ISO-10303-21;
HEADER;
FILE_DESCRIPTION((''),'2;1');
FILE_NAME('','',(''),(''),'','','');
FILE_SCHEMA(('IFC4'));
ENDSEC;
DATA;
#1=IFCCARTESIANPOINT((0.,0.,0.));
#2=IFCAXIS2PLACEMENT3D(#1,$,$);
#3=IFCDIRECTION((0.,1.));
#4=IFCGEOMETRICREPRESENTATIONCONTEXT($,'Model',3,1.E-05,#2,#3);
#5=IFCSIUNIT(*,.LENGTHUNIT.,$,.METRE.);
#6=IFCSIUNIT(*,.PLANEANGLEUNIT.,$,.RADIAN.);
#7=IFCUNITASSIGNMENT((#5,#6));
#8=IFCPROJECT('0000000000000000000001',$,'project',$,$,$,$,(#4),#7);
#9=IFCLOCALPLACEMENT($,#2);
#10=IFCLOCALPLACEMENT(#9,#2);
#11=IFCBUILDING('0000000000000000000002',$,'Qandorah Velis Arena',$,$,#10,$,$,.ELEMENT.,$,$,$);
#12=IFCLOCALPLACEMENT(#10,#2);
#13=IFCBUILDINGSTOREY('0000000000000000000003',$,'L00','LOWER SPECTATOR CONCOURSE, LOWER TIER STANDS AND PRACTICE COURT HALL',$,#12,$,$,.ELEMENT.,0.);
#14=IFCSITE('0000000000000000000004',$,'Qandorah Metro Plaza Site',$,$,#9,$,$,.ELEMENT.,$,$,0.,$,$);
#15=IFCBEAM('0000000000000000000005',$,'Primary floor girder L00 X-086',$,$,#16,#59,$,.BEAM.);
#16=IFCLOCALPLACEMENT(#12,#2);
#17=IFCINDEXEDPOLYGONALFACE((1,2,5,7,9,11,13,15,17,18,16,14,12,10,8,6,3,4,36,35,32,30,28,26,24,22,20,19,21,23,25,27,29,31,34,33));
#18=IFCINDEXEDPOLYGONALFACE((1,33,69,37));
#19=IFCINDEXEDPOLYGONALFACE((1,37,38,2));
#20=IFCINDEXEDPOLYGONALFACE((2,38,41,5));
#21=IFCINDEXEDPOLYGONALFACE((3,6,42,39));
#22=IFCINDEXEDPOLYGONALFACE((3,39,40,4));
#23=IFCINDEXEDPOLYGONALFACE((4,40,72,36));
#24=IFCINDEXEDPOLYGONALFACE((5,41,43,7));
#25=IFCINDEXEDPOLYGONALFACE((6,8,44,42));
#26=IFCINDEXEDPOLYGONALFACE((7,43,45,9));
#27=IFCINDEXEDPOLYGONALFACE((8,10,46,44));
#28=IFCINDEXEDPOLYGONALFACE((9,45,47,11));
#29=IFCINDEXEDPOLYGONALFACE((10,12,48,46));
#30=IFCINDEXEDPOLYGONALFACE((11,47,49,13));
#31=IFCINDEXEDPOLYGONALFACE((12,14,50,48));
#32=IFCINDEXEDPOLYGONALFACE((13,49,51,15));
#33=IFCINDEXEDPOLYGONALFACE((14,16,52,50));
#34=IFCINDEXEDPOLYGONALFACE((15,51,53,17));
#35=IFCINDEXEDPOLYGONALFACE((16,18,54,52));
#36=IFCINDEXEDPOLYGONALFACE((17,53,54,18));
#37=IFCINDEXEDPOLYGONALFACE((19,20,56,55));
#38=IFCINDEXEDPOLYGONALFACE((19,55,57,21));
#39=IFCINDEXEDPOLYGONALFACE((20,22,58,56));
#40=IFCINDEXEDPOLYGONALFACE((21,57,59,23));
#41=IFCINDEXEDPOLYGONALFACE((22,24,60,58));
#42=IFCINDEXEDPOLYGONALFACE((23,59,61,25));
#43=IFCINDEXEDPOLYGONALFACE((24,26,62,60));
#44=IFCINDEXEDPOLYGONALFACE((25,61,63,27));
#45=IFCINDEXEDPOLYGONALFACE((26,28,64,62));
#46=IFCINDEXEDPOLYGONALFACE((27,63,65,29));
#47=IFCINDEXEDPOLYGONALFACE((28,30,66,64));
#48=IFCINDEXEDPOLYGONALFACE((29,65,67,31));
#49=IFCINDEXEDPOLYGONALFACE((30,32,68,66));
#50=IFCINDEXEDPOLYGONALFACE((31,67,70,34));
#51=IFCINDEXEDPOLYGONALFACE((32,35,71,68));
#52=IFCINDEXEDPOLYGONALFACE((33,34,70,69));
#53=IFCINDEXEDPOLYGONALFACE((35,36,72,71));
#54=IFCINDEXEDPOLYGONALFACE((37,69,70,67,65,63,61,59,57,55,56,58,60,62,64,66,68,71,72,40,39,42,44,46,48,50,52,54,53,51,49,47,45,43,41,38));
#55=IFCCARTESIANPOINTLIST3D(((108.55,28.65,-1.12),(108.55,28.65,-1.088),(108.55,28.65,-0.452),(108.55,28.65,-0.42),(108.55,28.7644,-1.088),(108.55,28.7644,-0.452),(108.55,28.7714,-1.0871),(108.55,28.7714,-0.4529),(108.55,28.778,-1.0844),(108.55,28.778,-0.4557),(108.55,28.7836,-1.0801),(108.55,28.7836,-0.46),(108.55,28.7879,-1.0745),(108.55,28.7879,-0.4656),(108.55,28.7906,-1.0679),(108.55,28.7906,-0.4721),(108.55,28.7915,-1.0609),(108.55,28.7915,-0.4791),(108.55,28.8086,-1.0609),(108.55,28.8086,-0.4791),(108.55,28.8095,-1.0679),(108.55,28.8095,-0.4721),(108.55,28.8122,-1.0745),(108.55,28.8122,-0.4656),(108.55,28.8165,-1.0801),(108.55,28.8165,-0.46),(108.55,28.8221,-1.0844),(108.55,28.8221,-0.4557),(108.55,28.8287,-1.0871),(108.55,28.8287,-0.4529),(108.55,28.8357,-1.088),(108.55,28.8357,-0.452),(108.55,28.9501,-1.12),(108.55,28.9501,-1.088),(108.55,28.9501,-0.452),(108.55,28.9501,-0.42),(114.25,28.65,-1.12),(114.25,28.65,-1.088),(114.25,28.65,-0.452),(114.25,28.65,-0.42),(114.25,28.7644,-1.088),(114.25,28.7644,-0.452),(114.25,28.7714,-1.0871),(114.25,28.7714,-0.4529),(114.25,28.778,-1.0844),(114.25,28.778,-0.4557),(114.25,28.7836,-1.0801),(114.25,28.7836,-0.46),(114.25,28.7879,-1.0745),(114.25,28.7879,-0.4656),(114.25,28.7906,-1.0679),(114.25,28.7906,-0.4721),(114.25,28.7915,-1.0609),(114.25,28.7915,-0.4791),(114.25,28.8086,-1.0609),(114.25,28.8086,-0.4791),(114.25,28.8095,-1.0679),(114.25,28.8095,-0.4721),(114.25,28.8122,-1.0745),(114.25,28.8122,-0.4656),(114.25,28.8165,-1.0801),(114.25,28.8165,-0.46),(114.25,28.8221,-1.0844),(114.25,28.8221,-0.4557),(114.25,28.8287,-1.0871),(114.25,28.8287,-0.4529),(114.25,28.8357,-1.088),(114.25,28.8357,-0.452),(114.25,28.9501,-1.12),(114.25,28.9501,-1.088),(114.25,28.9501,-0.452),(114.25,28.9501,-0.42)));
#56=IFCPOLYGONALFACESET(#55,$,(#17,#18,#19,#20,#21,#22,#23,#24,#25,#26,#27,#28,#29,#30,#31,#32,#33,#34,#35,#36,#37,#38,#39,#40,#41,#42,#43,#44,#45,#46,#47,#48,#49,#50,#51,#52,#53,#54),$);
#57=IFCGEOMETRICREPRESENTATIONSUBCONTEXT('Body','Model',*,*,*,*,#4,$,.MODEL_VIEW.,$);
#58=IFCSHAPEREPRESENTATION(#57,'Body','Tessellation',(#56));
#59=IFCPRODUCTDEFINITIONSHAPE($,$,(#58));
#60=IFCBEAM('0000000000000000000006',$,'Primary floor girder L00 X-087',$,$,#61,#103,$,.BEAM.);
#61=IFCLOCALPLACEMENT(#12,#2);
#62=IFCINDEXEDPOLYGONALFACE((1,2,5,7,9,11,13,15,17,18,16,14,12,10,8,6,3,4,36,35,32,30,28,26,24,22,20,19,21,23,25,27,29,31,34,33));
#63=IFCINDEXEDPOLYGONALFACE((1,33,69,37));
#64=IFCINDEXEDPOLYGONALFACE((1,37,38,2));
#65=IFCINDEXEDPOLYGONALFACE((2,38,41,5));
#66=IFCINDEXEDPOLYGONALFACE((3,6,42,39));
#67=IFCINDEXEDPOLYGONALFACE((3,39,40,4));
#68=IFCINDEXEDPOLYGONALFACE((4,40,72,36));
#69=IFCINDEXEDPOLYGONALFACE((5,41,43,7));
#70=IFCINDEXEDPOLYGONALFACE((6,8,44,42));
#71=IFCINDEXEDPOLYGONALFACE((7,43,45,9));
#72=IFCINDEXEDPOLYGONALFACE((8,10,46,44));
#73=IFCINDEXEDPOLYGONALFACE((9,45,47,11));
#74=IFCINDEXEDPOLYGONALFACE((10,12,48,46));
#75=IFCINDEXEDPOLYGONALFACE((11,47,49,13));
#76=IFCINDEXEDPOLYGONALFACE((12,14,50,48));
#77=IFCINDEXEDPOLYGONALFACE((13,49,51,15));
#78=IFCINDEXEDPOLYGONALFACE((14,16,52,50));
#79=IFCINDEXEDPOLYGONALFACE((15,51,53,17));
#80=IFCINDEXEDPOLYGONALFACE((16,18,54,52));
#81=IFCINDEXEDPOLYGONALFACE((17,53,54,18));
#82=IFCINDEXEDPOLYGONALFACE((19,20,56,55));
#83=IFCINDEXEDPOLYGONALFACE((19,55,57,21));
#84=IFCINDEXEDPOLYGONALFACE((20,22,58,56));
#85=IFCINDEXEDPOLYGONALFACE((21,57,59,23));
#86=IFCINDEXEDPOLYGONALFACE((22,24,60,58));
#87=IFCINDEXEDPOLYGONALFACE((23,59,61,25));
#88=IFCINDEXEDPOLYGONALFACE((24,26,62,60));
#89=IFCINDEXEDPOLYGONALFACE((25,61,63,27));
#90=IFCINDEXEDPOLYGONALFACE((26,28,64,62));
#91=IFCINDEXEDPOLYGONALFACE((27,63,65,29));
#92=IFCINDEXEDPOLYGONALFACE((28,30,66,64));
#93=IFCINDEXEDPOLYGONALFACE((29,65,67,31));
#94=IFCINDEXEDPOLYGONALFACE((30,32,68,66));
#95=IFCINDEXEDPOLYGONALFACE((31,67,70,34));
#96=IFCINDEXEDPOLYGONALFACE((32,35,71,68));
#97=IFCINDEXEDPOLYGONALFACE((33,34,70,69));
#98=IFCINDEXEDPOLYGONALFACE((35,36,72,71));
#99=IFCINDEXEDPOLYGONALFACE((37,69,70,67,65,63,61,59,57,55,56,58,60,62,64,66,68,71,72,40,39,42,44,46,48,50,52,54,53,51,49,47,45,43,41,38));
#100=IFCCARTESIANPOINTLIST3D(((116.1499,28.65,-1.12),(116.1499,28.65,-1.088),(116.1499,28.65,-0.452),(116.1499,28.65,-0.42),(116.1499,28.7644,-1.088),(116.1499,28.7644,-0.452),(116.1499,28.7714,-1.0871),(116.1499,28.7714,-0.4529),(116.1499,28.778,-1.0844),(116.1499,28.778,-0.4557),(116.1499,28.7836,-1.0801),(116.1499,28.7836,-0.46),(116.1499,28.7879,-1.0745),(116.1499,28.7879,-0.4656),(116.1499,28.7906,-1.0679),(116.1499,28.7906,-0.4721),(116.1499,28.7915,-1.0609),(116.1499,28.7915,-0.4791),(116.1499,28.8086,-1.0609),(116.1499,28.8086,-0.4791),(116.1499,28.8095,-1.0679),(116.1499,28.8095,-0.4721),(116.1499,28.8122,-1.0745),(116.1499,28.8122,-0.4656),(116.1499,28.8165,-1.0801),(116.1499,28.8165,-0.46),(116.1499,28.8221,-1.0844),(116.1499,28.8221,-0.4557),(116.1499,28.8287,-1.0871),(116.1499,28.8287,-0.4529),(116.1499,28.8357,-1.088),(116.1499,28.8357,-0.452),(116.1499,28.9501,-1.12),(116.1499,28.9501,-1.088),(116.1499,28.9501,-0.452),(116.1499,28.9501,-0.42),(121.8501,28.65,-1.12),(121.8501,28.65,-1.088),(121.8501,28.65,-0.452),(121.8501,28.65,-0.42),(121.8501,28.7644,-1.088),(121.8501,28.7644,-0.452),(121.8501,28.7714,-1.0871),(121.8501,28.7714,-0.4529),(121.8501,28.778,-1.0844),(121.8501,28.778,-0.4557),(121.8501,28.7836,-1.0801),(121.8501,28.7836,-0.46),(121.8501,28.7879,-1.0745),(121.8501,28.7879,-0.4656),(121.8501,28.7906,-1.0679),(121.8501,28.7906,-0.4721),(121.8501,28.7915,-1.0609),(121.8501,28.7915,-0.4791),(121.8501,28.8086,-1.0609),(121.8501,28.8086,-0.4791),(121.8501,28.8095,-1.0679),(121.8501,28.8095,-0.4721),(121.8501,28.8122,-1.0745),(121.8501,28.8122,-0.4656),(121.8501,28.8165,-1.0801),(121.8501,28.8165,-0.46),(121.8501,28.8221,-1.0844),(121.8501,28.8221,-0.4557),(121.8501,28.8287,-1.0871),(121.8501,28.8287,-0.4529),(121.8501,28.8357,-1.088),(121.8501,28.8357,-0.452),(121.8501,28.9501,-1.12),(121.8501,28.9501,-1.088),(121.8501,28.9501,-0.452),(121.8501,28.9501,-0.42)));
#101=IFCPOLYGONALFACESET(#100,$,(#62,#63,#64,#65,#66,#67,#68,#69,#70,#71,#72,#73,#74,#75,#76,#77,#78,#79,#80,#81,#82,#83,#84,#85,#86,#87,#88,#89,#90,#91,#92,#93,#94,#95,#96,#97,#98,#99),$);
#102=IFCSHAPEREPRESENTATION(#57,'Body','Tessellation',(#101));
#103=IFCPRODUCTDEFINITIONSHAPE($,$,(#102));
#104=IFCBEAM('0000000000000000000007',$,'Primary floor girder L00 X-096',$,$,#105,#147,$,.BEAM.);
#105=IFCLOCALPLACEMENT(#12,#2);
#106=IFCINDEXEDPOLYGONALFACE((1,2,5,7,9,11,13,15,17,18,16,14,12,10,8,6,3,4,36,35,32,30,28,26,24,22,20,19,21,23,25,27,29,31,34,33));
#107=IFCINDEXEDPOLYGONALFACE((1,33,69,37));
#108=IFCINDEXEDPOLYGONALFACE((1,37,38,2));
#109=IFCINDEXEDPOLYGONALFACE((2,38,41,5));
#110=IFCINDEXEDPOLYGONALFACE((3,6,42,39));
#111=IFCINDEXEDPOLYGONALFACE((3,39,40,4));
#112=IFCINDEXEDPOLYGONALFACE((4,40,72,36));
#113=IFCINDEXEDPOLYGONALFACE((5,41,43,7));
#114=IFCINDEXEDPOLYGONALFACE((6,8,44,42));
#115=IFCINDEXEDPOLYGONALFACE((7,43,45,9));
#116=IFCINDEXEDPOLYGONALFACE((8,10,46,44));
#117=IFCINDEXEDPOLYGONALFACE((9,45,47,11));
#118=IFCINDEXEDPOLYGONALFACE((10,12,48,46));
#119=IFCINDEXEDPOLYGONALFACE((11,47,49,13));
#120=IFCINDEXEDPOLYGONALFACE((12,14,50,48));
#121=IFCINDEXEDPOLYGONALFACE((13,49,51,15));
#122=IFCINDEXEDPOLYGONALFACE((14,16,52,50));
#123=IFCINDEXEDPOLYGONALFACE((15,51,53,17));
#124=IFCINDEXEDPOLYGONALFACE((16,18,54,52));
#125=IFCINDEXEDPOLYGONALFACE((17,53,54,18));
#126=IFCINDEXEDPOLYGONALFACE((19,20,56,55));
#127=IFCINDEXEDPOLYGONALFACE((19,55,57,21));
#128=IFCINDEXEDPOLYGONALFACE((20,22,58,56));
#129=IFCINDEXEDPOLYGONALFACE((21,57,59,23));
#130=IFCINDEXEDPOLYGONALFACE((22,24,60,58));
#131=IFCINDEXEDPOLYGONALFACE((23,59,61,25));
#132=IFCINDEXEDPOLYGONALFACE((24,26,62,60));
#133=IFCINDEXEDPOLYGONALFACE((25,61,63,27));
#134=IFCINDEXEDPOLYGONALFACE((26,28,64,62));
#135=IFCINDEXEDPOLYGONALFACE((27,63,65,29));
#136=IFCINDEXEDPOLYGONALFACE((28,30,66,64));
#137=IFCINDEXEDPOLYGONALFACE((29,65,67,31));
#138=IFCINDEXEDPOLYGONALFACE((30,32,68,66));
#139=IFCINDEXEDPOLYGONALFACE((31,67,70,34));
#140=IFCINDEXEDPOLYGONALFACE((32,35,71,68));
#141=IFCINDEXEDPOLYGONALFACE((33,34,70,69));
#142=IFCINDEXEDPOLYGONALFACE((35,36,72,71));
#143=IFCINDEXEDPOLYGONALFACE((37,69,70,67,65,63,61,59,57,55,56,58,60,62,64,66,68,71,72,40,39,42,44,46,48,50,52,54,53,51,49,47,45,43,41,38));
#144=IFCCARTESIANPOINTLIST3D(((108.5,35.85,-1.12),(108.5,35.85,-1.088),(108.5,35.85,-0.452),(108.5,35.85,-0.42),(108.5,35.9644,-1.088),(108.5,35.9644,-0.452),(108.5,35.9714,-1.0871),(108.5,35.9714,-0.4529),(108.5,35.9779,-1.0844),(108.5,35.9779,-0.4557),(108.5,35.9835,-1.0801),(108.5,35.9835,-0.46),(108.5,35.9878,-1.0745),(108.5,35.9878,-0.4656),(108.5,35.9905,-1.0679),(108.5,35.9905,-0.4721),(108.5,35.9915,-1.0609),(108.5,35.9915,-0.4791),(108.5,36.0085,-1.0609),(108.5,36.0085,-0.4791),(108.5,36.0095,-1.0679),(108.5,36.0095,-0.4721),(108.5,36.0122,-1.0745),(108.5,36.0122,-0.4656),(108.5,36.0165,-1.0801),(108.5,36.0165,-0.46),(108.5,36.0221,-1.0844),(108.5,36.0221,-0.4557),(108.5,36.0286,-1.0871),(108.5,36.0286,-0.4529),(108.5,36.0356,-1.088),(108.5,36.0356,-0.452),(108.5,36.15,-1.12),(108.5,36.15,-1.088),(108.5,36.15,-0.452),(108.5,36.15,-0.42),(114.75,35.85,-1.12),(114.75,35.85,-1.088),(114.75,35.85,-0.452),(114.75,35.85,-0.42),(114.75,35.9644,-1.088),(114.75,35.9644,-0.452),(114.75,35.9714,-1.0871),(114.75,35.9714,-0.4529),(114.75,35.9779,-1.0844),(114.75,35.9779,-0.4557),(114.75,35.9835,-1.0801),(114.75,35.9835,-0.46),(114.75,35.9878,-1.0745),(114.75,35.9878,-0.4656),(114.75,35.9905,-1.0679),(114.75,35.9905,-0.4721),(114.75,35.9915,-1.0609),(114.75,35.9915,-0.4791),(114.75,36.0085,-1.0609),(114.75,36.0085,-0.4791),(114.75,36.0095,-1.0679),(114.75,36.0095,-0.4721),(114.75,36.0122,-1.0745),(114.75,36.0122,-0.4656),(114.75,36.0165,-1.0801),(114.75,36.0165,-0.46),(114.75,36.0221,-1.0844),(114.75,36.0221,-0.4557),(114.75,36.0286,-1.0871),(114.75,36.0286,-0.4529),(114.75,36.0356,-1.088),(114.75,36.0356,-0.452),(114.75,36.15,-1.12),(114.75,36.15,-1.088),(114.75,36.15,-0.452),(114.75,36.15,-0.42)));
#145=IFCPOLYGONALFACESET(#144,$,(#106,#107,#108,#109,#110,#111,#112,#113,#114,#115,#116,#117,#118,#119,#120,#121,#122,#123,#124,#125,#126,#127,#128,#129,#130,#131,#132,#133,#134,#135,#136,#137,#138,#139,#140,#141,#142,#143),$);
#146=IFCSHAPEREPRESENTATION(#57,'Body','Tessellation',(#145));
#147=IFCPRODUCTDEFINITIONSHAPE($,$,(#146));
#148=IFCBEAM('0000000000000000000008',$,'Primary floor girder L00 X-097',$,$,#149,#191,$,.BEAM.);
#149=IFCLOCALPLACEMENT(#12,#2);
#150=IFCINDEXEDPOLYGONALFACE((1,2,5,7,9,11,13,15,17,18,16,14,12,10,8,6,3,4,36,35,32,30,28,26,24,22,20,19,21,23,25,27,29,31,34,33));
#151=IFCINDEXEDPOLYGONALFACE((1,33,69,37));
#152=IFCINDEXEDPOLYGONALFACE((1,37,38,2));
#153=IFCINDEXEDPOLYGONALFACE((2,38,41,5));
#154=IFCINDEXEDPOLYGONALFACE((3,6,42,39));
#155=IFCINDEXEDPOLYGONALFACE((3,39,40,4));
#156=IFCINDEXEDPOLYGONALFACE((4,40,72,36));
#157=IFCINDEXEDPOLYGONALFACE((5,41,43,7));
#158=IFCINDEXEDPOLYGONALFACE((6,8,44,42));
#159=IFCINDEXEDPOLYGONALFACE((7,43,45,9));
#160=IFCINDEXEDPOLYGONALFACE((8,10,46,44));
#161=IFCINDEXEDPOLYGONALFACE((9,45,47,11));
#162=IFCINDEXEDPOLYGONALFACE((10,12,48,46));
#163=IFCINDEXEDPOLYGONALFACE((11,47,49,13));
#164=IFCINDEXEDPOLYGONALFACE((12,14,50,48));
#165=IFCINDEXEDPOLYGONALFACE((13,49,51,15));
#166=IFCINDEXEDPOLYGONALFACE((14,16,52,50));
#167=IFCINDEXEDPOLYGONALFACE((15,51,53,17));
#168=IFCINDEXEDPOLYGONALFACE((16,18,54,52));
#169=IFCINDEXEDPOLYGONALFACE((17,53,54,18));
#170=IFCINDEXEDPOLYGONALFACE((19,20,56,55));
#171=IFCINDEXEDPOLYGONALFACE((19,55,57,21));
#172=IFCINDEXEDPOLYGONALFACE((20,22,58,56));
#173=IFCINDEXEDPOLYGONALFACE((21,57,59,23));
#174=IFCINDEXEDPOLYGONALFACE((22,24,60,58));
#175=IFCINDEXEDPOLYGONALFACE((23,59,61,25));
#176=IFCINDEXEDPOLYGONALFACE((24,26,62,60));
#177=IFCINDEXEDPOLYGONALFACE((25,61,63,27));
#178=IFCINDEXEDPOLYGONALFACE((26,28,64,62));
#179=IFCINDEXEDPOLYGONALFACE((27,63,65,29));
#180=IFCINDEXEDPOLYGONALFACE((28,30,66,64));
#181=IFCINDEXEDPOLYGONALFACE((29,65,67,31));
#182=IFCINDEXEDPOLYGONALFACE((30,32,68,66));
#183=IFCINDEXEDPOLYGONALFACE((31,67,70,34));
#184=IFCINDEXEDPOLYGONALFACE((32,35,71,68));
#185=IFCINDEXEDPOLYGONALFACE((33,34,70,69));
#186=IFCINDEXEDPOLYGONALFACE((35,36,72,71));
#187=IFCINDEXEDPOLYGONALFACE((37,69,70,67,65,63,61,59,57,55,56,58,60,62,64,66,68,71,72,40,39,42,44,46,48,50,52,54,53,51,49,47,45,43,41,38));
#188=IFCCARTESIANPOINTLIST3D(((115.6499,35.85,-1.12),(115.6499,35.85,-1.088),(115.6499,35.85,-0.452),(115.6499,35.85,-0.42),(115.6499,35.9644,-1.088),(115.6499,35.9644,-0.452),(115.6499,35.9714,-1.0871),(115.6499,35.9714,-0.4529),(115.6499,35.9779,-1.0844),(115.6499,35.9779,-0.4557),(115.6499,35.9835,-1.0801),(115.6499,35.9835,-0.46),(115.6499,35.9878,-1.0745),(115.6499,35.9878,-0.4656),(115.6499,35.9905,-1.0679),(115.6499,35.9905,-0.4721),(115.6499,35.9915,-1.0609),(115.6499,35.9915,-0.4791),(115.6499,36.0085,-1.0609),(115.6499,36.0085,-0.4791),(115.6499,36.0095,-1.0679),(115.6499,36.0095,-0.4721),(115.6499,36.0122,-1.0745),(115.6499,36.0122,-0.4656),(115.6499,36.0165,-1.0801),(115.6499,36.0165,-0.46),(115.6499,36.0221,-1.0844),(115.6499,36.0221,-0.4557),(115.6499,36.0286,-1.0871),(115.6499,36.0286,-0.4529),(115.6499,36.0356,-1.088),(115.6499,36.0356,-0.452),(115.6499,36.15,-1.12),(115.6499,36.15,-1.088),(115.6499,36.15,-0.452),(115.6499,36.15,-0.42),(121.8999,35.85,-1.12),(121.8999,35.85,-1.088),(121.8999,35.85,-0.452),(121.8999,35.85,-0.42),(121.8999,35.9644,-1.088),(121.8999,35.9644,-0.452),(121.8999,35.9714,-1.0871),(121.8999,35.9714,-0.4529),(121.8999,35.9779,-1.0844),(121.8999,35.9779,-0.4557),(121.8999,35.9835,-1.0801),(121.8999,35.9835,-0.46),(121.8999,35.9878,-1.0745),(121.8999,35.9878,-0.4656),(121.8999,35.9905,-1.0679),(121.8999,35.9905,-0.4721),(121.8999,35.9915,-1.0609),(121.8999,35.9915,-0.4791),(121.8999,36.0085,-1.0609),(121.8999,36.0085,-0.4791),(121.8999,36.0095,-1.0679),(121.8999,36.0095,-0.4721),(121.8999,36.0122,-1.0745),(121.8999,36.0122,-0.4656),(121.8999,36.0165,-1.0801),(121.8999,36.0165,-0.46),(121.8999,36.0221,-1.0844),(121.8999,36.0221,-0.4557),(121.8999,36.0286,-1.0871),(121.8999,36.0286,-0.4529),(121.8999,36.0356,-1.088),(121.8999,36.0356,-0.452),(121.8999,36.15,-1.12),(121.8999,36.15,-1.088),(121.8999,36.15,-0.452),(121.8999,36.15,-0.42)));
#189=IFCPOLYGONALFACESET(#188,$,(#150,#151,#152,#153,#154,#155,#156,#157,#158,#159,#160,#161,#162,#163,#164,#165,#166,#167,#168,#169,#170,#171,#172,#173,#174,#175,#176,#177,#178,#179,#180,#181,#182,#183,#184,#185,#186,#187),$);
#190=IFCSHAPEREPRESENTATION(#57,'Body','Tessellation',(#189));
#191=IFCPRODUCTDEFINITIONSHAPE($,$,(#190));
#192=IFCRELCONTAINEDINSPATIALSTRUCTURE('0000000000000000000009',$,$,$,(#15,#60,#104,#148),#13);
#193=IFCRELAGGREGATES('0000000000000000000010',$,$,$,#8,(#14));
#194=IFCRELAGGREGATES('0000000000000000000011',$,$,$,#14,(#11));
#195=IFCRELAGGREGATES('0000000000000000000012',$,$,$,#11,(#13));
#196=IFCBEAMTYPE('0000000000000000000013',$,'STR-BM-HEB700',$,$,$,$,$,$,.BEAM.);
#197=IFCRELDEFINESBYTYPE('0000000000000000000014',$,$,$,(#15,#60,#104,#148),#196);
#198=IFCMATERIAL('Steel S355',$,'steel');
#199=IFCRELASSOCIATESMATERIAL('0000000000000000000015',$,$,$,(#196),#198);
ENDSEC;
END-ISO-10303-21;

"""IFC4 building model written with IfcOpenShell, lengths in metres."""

from ifc_helpers import new_model, si_unit, direction, frame, origin, origin_2d, place, context, subcontext, project, spatial, i_section, extrude, material, material_profile, profile_set, type_object, element, save


model = new_model("IFC4")

# Units and contexts
model_context = context("Model", 3, precision=1e-05, world=origin(), true_north=direction((0.0, 1.0)))
body_context = subcontext(model_context, "Body", "Model", "MODEL_VIEW")
ifc_project = project(units=[si_unit("LENGTHUNIT", "METRE"), si_unit("PLANEANGLEUNIT", "RADIAN")], contexts=[model_context])

# Site, building, storey
site_placement = place(None, origin())
site = spatial("IfcSite", under=ifc_project, at=site_placement, Name="Qandorah Metro Plaza Site", CompositionType="ELEMENT", RefElevation=0.0)
building_placement = place(site_placement, origin())
building = spatial("IfcBuilding", under=site, at=building_placement, Name="Qandorah Velis Arena", CompositionType="ELEMENT")
storey_placement = place(building_placement, origin())
storey = spatial("IfcBuildingStorey", under=building, at=storey_placement, Name="L00", Description="LOWER SPECTATOR CONCOURSE, LOWER TIER STANDS AND PRACTICE COURT HALL", CompositionType="ELEMENT", Elevation=0.0)

# Beams
ifc_material_1 = material(Name="Steel S355", Category="steel")
ifc_material_profile_1 = material_profile(ifc_material_1, i_section(OverallWidth=0.3, OverallDepth=0.7, WebThickness=0.0171, FlangeThickness=0.032, FilletRadius=0.0271, at=origin_2d()), Name="HEB 700")
ifc_profile_set_1 = profile_set([ifc_material_profile_1], Name="Steel S355")
beam_type_1 = type_object("IfcBeamType", Name="STR-BM-HEB700", PredefinedType="BEAM", material=ifc_profile_set_1)
beam_1_placement = place(storey_placement, frame((108.55, 28.8, -0.77), z_axis=(1.0, 0.0, 0.0), x_axis=(0.0, 1.0, 0.0)))
element("IfcBeam", 1, at=beam_1_placement, inside=storey, type_object=beam_type_1, Name="Primary floor girder L00 X-086", PredefinedType="BEAM", context=body_context, shape_type="SweptSolid", body=[
    extrude(i_section(OverallWidth=0.3, OverallDepth=0.7, WebThickness=0.0171, FlangeThickness=0.032, FilletRadius=0.0271, at=origin_2d()), origin(), (0.0, 0.0, 1.0), 5.7),
])
beam_2_placement = place(storey_placement, frame((116.1499, 28.8, -0.77), z_axis=(1.0, 0.0, 0.0), x_axis=(0.0, 1.0, 0.0)))
element("IfcBeam", 2, at=beam_2_placement, inside=storey, type_object=beam_type_1, Name="Primary floor girder L00 X-087", PredefinedType="BEAM", context=body_context, shape_type="SweptSolid", body=[
    extrude(i_section(OverallWidth=0.3, OverallDepth=0.7, WebThickness=0.0171, FlangeThickness=0.032, FilletRadius=0.0271, at=origin_2d()), origin(), (0.0, 0.0, 1.0), 5.7002),
])
for number, where, z_axis, x_axis, name in (
    (3, (108.5, 36.0, -0.77), (1.0, 0.0, 0.0), (0.0, 1.0, 0.0), "Primary floor girder L00 X-096"),
    (4, (115.6499, 36.0, -0.77), (1.0, 0.0, 0.0), (0.0, 1.0, 0.0), "Primary floor girder L00 X-097"),
):
    element("IfcBeam", number, at=place(storey_placement, frame(where, z_axis=z_axis, x_axis=x_axis)), inside=storey, type_object=beam_type_1, Name=name, PredefinedType="BEAM", context=body_context, shape_type="SweptSolid", body=[
        extrude(i_section(OverallWidth=0.3, OverallDepth=0.7, WebThickness=0.0171, FlangeThickness=0.032, FilletRadius=0.0271, at=origin_2d()), origin(), (0.0, 0.0, 1.0), 6.25),
    ])

save(model, "model.ifc")
